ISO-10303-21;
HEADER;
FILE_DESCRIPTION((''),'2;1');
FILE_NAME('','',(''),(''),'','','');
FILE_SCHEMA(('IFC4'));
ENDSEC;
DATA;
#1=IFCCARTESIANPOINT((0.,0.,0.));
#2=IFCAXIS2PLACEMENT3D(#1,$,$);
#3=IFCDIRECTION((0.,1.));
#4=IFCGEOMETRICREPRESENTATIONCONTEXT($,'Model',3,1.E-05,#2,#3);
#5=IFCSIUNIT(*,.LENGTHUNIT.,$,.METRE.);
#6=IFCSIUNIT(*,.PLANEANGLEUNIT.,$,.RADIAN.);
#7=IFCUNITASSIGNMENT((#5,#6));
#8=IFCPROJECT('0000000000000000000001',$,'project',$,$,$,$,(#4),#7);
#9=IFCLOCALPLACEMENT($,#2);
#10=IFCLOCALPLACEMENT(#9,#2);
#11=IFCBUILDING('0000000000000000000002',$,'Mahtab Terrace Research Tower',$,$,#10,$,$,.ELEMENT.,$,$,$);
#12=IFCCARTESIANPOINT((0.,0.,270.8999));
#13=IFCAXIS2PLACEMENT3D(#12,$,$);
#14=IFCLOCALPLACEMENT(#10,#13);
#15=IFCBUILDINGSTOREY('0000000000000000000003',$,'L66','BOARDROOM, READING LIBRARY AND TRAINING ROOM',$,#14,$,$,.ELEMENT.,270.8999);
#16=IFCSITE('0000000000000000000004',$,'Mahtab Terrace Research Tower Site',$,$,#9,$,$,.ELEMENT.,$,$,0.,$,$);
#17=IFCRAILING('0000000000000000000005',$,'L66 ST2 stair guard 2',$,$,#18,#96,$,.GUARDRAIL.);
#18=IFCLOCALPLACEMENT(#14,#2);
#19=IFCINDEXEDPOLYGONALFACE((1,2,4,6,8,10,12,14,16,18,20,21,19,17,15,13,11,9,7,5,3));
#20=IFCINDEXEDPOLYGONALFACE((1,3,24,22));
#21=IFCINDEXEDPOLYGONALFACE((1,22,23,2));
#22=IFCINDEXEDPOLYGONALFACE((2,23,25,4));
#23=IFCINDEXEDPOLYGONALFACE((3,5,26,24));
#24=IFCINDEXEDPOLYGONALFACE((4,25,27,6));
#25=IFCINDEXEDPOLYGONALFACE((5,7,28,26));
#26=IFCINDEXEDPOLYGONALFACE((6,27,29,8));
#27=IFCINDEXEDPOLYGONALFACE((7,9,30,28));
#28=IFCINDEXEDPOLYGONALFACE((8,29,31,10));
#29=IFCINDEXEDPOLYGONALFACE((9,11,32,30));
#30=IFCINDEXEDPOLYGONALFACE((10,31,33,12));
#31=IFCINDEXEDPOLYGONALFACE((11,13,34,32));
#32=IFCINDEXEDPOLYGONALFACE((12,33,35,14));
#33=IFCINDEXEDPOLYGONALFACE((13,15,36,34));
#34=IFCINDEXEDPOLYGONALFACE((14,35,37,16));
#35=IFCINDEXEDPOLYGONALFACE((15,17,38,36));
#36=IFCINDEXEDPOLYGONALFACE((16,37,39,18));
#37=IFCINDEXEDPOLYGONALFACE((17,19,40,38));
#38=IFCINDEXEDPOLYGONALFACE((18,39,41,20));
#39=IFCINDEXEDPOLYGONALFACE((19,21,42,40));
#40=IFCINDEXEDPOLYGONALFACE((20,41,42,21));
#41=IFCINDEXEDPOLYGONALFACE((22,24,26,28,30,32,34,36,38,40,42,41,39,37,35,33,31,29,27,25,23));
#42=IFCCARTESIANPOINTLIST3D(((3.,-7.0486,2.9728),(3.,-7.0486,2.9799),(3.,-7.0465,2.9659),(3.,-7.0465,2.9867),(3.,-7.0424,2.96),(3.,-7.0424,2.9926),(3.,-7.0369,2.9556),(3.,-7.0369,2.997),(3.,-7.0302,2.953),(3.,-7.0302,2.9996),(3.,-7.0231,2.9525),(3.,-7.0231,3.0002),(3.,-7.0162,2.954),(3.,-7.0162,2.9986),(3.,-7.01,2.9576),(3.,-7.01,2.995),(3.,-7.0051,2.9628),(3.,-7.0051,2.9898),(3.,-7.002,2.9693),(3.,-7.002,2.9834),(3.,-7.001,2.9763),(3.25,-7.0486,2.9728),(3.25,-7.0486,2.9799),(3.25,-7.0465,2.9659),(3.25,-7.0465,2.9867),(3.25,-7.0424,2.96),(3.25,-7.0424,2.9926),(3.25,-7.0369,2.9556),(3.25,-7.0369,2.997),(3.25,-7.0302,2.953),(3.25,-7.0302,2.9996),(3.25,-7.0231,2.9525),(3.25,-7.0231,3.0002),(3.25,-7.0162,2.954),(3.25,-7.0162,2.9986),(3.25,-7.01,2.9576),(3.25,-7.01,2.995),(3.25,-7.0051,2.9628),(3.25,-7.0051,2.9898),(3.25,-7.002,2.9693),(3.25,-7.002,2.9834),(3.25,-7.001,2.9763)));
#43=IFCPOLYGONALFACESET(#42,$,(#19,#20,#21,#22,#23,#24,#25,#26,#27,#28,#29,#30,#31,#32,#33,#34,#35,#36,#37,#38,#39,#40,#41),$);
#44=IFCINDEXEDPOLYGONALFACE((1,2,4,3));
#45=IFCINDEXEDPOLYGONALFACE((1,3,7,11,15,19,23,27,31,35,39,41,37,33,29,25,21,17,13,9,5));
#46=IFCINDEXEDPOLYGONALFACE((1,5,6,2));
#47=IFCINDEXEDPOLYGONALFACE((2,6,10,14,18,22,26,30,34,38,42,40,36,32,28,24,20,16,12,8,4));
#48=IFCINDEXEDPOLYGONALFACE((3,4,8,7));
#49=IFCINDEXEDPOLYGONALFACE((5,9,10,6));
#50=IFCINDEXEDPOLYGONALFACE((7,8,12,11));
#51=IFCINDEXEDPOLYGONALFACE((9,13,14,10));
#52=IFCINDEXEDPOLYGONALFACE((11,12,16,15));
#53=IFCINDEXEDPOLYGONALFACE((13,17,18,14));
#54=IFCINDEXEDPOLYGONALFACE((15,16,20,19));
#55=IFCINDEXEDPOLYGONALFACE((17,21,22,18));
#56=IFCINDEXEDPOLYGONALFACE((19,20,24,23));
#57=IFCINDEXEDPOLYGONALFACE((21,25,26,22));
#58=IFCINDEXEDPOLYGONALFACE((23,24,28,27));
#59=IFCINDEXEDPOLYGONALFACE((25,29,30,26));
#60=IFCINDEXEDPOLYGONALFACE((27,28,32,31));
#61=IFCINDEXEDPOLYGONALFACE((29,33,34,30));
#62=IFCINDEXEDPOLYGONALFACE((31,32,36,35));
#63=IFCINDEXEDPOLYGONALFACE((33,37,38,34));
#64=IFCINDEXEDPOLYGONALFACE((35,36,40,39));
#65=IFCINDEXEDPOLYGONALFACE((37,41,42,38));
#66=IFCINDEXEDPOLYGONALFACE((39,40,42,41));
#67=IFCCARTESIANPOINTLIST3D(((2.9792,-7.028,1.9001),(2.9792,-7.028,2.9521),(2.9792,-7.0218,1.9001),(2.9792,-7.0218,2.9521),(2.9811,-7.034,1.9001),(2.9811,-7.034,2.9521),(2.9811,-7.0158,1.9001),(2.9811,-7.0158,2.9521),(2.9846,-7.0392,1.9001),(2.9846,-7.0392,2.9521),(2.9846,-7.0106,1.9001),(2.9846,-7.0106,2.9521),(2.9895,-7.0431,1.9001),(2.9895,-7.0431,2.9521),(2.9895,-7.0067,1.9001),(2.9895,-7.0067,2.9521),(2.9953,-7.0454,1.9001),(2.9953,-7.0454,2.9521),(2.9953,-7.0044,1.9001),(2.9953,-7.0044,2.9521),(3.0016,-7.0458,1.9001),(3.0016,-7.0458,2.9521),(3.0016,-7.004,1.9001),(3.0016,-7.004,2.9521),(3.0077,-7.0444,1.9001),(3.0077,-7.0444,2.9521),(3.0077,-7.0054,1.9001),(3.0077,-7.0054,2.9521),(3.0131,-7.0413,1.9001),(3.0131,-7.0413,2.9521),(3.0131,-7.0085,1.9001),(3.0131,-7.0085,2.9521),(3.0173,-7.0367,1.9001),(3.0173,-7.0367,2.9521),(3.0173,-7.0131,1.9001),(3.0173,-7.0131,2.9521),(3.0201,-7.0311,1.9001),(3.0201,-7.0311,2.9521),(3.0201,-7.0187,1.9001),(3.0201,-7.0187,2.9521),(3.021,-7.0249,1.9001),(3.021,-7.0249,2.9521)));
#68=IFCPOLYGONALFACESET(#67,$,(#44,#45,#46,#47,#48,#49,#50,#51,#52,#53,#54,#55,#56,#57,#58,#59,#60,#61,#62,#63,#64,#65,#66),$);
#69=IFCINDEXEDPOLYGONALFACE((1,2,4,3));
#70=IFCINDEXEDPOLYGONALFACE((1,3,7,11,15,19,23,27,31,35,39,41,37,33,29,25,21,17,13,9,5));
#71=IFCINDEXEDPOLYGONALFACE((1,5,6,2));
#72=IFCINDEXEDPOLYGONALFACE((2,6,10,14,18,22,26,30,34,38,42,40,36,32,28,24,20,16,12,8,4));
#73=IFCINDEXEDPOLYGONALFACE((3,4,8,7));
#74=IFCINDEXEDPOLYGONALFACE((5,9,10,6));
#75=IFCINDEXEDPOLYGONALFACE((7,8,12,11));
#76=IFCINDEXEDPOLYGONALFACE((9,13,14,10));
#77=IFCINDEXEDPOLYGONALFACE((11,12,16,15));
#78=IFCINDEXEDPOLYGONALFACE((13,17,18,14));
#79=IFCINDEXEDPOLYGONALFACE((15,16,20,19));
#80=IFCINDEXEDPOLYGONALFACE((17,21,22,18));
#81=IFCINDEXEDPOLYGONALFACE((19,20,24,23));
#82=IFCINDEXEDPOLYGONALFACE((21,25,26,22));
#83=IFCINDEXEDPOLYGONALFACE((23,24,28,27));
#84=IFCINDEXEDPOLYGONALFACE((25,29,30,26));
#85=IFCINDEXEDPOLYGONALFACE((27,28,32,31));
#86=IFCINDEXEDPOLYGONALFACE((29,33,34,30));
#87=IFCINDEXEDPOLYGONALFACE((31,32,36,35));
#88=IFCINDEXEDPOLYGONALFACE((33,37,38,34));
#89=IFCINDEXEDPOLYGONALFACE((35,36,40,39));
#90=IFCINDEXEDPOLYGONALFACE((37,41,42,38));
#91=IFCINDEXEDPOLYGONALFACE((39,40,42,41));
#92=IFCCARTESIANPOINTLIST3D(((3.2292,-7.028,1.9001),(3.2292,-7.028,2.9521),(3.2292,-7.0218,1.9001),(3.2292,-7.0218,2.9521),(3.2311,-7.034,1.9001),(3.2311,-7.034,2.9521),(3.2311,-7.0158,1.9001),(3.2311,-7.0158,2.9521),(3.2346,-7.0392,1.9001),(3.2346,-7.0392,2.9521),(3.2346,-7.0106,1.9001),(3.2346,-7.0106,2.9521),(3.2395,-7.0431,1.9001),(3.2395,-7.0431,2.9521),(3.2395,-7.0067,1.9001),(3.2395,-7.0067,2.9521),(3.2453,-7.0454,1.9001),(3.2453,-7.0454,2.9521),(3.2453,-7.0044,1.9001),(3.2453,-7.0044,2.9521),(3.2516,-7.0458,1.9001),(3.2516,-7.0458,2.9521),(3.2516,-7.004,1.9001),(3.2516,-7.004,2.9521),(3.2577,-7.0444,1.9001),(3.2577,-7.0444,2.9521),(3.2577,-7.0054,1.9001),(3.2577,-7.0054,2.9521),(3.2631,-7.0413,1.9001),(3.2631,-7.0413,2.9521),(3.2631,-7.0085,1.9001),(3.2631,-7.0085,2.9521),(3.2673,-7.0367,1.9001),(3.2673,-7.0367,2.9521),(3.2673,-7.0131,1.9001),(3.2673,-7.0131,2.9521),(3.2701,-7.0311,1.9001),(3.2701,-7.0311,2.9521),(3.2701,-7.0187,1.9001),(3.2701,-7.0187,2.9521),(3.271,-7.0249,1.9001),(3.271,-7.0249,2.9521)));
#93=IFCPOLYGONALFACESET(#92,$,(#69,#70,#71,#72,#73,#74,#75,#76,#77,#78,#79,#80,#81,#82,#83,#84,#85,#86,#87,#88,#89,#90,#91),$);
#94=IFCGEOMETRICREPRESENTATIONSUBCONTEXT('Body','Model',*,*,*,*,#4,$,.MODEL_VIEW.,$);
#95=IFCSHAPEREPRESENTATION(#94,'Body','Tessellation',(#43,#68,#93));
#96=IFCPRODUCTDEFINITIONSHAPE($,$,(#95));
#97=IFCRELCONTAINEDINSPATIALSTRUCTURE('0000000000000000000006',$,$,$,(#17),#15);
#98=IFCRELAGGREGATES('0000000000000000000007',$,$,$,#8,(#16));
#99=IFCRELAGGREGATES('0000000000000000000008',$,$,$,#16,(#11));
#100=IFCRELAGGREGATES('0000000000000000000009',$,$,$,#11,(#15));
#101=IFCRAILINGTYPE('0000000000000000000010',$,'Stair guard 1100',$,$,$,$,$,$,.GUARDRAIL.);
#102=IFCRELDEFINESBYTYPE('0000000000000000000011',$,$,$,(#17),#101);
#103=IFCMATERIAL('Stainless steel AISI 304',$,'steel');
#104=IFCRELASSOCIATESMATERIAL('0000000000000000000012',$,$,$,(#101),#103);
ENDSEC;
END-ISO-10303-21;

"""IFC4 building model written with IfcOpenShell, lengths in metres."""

from ifc_helpers import new_model, si_unit, direction, frame, origin, origin_2d, place, context, subcontext, project, spatial, circle, extrude, material, type_object, element, save


model = new_model("IFC4")

# Units and contexts
model_context = context("Model", 3, precision=1e-05, world=origin(), true_north=direction((0.0, 1.0)))
body_context = subcontext(model_context, "Body", "Model", "MODEL_VIEW")
ifc_project = project(units=[si_unit("LENGTHUNIT", "METRE"), si_unit("PLANEANGLEUNIT", "RADIAN")], contexts=[model_context])

# Site, building, storey
site_placement = place(None, origin())
site = spatial("IfcSite", under=ifc_project, at=site_placement, Name="Mahtab Terrace Research Tower Site", CompositionType="ELEMENT", RefElevation=0.0)
building_placement = place(site_placement, origin())
building = spatial("IfcBuilding", under=site, at=building_placement, Name="Mahtab Terrace Research Tower", CompositionType="ELEMENT")
storey_placement = place(building_placement, frame((0.0, 0.0, 270.8999)))
storey = spatial("IfcBuildingStorey", under=building, at=storey_placement, Name="L66", Description="BOARDROOM, READING LIBRARY AND TRAINING ROOM", CompositionType="ELEMENT", Elevation=270.8999)

# Railing
ifc_material_1 = material(Name="Stainless steel AISI 304", Category="steel")
railing_type_1 = type_object("IfcRailingType", Name="Stair guard 1100", PredefinedType="GUARDRAIL", material=ifc_material_1)
railing_1_placement = place(storey_placement, frame((3.0, -7.0249, 1.9001)))
element("IfcRailing", 1, at=railing_1_placement, inside=storey, type_object=railing_type_1, Name="L66 ST2 stair guard 2", PredefinedType="GUARDRAIL", context=body_context, shape_type="SweptSolid", body=[
    extrude(circle(Radius=0.0239, at=origin_2d()), frame((0.0, 0.0, 1.0762), z_axis=(1.0, 0.0, 0.0), x_axis=(0.0, 1.0, 0.0)), (0.0, 0.0, 1.0), 0.25),
    extrude(circle(Radius=0.021, at=origin_2d()), origin(), (0.0, 0.0, 1.0), 1.052),
    extrude(circle(Radius=0.021, at=origin_2d()), frame((0.25, 0.0, 0.0)), (0.0, 0.0, 1.0), 1.052),
])

save(model, "model.ifc")
